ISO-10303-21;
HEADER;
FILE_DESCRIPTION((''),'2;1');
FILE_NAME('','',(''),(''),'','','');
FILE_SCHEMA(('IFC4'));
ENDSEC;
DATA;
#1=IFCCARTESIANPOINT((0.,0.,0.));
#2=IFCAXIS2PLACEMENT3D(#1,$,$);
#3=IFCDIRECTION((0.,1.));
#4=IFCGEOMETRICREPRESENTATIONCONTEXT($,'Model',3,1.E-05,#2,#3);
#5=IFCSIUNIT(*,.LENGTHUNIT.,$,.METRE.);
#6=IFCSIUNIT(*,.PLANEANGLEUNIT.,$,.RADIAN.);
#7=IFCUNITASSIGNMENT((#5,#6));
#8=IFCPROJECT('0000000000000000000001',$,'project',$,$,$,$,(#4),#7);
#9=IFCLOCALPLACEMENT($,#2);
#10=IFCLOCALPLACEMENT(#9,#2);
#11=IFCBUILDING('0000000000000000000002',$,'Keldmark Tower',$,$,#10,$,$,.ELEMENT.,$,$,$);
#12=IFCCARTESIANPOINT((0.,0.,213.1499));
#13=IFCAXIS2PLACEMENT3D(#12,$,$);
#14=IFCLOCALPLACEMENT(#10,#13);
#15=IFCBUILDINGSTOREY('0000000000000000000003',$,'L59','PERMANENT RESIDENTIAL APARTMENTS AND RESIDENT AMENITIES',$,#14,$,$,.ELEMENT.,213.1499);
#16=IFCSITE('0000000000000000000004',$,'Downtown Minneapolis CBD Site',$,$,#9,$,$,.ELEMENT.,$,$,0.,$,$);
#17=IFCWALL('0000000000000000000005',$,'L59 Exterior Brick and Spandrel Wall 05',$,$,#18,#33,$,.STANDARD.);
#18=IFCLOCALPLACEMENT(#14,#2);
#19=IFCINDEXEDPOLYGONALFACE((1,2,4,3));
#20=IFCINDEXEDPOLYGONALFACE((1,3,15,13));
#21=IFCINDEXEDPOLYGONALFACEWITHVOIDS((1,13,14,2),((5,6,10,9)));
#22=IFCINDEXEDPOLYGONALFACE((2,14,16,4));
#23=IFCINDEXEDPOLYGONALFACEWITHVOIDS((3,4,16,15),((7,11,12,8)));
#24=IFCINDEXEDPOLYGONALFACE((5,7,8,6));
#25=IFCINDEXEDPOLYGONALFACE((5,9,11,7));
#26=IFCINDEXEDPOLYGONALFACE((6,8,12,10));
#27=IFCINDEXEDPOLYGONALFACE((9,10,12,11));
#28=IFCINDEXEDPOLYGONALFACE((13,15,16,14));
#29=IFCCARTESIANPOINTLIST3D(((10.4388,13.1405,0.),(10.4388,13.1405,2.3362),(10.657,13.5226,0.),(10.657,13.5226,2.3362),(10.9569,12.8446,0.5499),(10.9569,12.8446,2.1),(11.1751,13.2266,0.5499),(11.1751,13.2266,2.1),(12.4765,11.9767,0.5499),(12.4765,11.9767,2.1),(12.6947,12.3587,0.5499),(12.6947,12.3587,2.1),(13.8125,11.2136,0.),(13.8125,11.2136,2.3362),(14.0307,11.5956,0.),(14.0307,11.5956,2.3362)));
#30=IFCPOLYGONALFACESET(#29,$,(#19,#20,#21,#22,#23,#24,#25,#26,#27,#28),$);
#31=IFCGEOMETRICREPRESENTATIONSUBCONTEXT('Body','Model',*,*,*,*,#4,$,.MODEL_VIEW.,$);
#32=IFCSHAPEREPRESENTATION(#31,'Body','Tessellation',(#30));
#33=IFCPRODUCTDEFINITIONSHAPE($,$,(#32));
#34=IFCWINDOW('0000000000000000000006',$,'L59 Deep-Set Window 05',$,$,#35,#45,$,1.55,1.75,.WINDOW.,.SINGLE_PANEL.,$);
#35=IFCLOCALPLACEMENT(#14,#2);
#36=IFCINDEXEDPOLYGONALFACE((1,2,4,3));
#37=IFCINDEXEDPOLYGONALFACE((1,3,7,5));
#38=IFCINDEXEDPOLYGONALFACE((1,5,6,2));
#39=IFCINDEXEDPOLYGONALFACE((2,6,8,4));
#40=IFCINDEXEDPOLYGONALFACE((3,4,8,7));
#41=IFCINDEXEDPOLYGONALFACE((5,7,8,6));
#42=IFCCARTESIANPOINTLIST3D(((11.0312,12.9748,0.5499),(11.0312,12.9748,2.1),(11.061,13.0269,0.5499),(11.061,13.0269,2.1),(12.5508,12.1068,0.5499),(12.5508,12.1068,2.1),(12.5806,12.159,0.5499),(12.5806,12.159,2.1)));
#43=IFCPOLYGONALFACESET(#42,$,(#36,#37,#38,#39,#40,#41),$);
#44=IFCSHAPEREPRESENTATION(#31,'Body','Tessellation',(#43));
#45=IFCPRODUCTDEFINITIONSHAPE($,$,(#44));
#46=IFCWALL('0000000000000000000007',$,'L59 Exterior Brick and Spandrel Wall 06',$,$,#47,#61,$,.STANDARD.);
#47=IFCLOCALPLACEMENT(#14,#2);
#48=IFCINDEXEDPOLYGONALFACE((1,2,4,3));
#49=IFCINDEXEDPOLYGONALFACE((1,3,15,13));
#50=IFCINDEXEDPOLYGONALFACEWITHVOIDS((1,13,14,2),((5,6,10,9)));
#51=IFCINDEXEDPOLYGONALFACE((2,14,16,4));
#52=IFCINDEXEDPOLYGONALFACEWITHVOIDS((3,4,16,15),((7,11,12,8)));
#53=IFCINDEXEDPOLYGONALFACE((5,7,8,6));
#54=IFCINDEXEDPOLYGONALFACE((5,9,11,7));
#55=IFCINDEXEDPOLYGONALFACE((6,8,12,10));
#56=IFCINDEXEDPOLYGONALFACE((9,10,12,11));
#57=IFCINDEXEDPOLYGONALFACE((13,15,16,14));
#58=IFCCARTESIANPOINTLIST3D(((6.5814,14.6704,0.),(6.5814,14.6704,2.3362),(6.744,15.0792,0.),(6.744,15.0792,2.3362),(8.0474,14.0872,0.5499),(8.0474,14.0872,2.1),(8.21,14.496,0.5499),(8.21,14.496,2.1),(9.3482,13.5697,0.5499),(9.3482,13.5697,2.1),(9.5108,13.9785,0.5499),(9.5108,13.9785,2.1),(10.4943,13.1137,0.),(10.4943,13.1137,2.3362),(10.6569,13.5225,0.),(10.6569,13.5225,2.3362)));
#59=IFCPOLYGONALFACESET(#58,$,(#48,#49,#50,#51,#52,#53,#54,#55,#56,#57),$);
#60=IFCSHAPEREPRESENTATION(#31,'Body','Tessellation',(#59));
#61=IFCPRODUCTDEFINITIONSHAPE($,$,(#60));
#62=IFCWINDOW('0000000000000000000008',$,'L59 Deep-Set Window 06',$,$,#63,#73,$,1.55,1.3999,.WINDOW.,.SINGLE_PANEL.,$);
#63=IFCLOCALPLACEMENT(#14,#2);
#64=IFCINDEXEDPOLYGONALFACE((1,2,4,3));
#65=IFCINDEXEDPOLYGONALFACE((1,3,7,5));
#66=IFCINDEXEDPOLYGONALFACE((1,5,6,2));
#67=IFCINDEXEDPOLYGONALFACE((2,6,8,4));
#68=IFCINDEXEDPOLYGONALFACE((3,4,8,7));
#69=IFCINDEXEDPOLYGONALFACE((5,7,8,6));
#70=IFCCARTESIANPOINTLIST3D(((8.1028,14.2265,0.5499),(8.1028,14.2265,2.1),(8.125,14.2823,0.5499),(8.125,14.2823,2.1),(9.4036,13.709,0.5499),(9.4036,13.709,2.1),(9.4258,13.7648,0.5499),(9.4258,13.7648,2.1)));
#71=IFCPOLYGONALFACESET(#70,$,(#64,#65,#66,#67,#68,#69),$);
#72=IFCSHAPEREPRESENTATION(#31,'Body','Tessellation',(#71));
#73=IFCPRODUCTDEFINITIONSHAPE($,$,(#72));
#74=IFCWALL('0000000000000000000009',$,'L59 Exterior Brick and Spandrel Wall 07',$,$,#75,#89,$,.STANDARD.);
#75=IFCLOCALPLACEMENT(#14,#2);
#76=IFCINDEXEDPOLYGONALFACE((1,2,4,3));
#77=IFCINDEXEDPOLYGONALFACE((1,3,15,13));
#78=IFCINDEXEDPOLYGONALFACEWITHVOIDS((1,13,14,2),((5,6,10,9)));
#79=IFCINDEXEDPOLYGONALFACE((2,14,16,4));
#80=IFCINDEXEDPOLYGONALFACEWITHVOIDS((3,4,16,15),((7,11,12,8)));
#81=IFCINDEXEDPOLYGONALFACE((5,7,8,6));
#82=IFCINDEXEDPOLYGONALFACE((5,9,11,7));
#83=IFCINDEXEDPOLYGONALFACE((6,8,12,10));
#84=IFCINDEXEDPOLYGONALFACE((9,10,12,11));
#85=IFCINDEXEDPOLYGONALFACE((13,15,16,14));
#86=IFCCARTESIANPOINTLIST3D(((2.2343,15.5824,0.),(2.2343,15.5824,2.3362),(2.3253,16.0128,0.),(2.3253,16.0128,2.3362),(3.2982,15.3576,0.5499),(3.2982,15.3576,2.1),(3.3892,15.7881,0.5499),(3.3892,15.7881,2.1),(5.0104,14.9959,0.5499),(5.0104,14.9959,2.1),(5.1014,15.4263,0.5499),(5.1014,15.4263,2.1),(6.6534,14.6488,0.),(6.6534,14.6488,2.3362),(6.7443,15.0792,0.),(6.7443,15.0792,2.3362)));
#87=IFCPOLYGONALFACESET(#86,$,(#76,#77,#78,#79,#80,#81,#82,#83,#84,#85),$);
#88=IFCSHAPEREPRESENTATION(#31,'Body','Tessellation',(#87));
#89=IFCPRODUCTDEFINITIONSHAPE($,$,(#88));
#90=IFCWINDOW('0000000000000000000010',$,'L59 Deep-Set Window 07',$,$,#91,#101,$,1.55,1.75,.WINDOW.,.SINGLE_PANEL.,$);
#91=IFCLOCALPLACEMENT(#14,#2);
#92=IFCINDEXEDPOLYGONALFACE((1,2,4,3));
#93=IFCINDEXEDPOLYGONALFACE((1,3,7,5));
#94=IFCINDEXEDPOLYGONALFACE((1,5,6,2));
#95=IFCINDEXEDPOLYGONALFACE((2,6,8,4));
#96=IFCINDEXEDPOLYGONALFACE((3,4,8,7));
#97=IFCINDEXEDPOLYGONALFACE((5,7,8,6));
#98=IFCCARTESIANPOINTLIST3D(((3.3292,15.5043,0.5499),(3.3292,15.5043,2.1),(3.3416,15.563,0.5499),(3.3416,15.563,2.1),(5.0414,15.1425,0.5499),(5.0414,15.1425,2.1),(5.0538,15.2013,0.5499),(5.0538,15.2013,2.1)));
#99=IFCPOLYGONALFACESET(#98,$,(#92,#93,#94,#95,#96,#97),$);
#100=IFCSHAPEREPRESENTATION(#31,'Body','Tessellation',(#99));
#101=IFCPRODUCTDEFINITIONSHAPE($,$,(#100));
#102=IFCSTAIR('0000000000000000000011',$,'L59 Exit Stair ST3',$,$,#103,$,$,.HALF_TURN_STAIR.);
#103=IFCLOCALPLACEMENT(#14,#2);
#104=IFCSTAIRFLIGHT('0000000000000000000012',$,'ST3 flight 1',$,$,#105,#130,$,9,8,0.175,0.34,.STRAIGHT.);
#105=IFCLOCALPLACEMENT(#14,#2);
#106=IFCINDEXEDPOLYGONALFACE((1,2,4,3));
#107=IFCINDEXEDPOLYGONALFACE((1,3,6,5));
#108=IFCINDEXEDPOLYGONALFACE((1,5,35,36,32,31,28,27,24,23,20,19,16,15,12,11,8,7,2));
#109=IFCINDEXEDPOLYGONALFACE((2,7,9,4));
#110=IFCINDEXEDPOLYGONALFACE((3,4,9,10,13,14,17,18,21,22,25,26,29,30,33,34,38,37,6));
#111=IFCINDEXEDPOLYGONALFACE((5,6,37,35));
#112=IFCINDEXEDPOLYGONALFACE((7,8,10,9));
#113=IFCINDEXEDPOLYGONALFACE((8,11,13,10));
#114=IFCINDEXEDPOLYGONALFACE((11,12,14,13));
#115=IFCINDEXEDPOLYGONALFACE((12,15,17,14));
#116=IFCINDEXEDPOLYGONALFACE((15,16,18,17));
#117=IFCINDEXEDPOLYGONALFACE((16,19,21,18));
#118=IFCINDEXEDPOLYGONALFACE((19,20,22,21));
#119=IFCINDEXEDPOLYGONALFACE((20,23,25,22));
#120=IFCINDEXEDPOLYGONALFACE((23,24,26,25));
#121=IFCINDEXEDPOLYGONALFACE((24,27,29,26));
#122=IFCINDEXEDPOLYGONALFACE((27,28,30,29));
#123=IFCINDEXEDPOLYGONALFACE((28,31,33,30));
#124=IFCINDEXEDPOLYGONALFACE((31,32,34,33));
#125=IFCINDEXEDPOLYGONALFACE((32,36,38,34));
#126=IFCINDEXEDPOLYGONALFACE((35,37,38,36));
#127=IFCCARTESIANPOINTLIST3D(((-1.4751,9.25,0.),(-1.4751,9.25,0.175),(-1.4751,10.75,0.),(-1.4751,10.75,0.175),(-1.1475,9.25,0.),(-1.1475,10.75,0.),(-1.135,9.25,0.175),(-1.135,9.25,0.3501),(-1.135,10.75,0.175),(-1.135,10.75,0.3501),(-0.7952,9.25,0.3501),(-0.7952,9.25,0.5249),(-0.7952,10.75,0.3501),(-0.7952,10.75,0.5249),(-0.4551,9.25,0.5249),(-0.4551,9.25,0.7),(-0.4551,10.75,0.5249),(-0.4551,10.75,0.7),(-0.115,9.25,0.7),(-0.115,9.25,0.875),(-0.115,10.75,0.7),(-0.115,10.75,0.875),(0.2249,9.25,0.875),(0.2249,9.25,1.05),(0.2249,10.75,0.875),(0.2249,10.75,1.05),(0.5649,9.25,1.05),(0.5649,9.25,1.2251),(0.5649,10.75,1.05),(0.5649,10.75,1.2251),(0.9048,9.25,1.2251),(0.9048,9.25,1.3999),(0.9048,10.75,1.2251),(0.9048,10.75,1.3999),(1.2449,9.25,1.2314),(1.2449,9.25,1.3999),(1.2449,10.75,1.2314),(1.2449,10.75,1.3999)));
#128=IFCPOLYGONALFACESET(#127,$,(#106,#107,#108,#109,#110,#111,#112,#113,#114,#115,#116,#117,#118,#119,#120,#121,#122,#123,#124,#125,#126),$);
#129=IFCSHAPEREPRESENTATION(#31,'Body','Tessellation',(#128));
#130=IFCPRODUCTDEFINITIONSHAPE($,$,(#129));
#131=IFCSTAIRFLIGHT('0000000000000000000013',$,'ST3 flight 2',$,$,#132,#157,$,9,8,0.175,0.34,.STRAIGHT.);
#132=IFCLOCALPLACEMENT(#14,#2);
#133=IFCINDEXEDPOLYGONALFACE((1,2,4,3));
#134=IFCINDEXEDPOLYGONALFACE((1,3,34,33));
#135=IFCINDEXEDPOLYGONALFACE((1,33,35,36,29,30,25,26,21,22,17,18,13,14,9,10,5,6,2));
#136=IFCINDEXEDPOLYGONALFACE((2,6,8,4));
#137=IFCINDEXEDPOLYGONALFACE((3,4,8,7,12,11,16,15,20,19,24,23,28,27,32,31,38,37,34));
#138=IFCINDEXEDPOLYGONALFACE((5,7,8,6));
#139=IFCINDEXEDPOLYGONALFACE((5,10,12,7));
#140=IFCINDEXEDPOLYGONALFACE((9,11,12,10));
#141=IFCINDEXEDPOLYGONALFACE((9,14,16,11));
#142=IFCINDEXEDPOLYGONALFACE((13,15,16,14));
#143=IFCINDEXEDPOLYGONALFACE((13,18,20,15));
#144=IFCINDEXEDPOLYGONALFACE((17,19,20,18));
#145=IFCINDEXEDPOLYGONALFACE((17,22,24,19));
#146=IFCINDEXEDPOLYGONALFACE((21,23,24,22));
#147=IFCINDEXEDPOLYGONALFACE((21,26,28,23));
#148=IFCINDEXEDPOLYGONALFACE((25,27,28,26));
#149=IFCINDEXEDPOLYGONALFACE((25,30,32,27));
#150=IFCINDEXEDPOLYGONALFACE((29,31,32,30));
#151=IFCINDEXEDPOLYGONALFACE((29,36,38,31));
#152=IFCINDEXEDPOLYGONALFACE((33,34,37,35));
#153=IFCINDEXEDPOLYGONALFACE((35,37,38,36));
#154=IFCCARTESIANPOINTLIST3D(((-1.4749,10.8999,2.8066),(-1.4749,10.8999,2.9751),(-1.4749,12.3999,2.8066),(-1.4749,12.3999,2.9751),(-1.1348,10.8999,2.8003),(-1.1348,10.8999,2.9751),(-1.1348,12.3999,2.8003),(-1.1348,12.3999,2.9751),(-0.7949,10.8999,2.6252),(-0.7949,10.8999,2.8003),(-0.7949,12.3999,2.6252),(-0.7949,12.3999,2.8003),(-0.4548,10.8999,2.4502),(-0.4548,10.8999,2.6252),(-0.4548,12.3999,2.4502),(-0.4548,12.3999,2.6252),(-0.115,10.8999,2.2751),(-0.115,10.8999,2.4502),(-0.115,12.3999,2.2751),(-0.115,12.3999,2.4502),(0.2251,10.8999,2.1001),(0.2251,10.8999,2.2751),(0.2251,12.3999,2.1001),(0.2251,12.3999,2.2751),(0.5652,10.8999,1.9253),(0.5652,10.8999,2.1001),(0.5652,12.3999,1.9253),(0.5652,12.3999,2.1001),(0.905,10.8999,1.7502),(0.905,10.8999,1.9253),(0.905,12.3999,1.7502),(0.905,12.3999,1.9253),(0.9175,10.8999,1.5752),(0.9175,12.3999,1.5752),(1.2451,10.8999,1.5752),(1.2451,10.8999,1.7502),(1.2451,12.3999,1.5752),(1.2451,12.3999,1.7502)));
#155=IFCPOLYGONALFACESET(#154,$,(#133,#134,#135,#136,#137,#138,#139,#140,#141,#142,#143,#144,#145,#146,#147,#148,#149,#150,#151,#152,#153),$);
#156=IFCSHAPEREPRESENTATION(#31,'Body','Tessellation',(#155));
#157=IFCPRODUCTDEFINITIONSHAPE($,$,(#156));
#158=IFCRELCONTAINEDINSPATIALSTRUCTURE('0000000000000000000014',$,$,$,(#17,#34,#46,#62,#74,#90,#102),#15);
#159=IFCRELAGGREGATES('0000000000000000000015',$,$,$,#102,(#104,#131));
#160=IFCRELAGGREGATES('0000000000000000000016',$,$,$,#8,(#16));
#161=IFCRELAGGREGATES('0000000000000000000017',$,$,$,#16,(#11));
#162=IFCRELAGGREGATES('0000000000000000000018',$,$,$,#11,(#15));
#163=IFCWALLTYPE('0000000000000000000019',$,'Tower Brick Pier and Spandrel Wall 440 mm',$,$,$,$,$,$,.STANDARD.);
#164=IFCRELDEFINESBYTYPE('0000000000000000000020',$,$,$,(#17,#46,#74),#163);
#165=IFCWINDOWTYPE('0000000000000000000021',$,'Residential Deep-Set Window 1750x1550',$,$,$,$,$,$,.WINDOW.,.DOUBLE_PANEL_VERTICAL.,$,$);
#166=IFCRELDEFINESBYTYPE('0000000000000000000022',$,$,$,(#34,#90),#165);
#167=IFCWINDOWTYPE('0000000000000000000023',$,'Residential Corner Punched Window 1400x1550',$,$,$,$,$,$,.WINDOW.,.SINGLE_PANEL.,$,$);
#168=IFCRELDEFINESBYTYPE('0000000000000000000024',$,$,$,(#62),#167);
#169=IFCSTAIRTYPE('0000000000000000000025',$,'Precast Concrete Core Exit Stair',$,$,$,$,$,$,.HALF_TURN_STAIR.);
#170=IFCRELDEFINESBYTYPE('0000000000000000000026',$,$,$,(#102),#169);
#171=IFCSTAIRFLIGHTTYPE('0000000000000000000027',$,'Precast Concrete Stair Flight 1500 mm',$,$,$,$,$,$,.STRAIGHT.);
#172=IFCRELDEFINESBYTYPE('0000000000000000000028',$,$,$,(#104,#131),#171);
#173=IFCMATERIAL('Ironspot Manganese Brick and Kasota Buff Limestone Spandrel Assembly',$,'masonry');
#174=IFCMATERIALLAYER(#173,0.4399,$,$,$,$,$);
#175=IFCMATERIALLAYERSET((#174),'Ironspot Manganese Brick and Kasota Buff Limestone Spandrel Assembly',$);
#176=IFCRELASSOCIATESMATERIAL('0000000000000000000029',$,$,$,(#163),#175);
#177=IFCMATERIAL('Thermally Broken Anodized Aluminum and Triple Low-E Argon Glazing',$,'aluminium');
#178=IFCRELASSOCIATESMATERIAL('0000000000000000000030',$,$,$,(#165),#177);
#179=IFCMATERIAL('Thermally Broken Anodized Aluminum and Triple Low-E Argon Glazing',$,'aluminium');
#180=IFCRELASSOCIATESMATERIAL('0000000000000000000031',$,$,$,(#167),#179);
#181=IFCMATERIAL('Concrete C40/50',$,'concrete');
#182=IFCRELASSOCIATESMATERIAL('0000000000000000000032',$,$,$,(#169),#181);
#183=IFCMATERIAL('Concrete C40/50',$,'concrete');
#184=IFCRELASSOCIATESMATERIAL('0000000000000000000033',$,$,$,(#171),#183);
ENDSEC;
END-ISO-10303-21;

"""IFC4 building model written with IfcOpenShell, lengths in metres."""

from ifc_helpers import new_model, si_unit, direction, frame, frame_2d, origin, place, context, subcontext, project, spatial, polyline, rectangle, outline, extrude, material, layer, layer_set, type_object, element, fill, aggregate, save


model = new_model("IFC4")

# Units and contexts
model_context = context("Model", 3, precision=1e-05, world=origin(), true_north=direction((0.0, 1.0)))
body_context = subcontext(model_context, "Body", "Model", "MODEL_VIEW")
ifc_project = project(units=[si_unit("LENGTHUNIT", "METRE"), si_unit("PLANEANGLEUNIT", "RADIAN")], contexts=[model_context])

# Site, building, storey
site_placement = place(None, origin())
site = spatial("IfcSite", under=ifc_project, at=site_placement, Name="Downtown Minneapolis CBD Site", CompositionType="ELEMENT", RefElevation=0.0)
building_placement = place(site_placement, origin())
building = spatial("IfcBuilding", under=site, at=building_placement, Name="Keldmark Tower", CompositionType="ELEMENT")
storey_placement = place(building_placement, frame((0.0, 0.0, 213.1499)))
storey = spatial("IfcBuildingStorey", under=building, at=storey_placement, Name="L59", Description="PERMANENT RESIDENTIAL APARTMENTS AND RESIDENT AMENITIES", CompositionType="ELEMENT", Elevation=213.1499)

# Walls, openings, windows
ifc_material_1 = material(Name="Ironspot Manganese Brick and Kasota Buff Limestone Spandrel Assembly", Category="masonry")
ifc_layer_1 = layer(ifc_material_1, 0.4399)
ifc_layer_set_1 = layer_set([ifc_layer_1], Name="Ironspot Manganese Brick and Kasota Buff Limestone Spandrel Assembly")
wall_type_1 = type_object("IfcWallType", Name="Tower Brick Pier and Spandrel Wall 440 mm", PredefinedType="STANDARD", material=ifc_layer_set_1)
wall_1_placement = place(storey_placement, frame((10.5479, 13.3315, 0.0), z_axis=(0.0, 0.0, 1.0), x_axis=(0.86834, -0.49597, 0.0)))
wall_1 = element("IfcWall", 1, at=wall_1_placement, inside=storey, type_object=wall_type_1, Name="L59 Exterior Brick and Spandrel Wall 05", PredefinedType="STANDARD", context=body_context, shape_type="SweptSolid", body=[
    extrude(rectangle(XDim=3.8853, YDim=0.4399, at=frame_2d((1.9426, 0.0))), origin(), (0.0, 0.0, 1.0), 2.3362),
])
opening_1_placement = place(wall_1_placement, frame((0.5967, 0.0, 0.55)))
opening_1 = element("IfcOpeningElement", 2, at=opening_1_placement, cuts=wall_1, PredefinedType="OPENING", context=body_context, shape_type="SweptSolid", body=[
    extrude(rectangle(XDim=1.75, YDim=1.55, at=frame_2d((0.875, 0.7749))), frame((0.0, 0.23, 0.0), z_axis=(0.0, -1.0, 0.0), x_axis=(1.0, 0.0, 0.0)), (0.0, 0.0, 1.0), 0.46),
])
ifc_material_2 = material(Name="Thermally Broken Anodized Aluminum and Triple Low-E Argon Glazing", Category="aluminium")
window_type_1 = type_object("IfcWindowType", Name="Residential Deep-Set Window 1750x1550", PartitioningType="DOUBLE_PANEL_VERTICAL", PredefinedType="WINDOW", material=ifc_material_2)
window_1_placement = place(opening_1_placement, origin())
window_1 = element("IfcWindow", 3, at=window_1_placement, inside=storey, type_object=window_type_1, Name="L59 Deep-Set Window 05", OverallHeight=1.55, OverallWidth=1.75, PartitioningType="SINGLE_PANEL", PredefinedType="WINDOW", context=body_context, shape_type="SweptSolid", body=[
    extrude(rectangle(XDim=1.75, YDim=1.55, at=frame_2d((0.875, 0.7749))), frame((0.0, -0.01, 0.0), z_axis=(0.0, -1.0, 0.0), x_axis=(1.0, 0.0, 0.0)), (0.0, 0.0, 1.0), 0.0601),
])
fill(opening_1, window_1)
wall_2_placement = place(storey_placement, frame((6.6628, 14.8748, 0.0), z_axis=(0.0, 0.0, 1.0), x_axis=(0.929171, -0.369651, 0.0)))
wall_2 = element("IfcWall", 4, at=wall_2_placement, inside=storey, type_object=wall_type_1, Name="L59 Exterior Brick and Spandrel Wall 06", PredefinedType="STANDARD", context=body_context, shape_type="SweptSolid", body=[
    extrude(rectangle(XDim=4.2112, YDim=0.4399, at=frame_2d((2.1055, 0.0))), origin(), (0.0, 0.0, 1.0), 2.3362),
])
opening_2_placement = place(wall_2_placement, frame((1.5776, 0.0, 0.55)))
opening_2 = element("IfcOpeningElement", 5, at=opening_2_placement, cuts=wall_2, PredefinedType="OPENING", context=body_context, shape_type="SweptSolid", body=[
    extrude(rectangle(XDim=1.3999, YDim=1.55, at=frame_2d((0.7, 0.7749))), frame((0.0, 0.23, 0.0), z_axis=(0.0, -1.0, 0.0), x_axis=(1.0, 0.0, 0.0)), (0.0, 0.0, 1.0), 0.46),
])
ifc_material_3 = material(Name="Thermally Broken Anodized Aluminum and Triple Low-E Argon Glazing", Category="aluminium")
window_type_2 = type_object("IfcWindowType", Name="Residential Corner Punched Window 1400x1550", PartitioningType="SINGLE_PANEL", PredefinedType="WINDOW", material=ifc_material_3)
window_2_placement = place(opening_2_placement, origin())
window_2 = element("IfcWindow", 6, at=window_2_placement, inside=storey, type_object=window_type_2, Name="L59 Deep-Set Window 06", OverallHeight=1.55, OverallWidth=1.3999, PartitioningType="SINGLE_PANEL", PredefinedType="WINDOW", context=body_context, shape_type="SweptSolid", body=[
    extrude(rectangle(XDim=1.3999, YDim=1.55, at=frame_2d((0.7, 0.7749))), frame((0.0, -0.01, 0.0), z_axis=(0.0, -1.0, 0.0), x_axis=(1.0, 0.0, 0.0)), (0.0, 0.0, 1.0), 0.0601),
])
fill(opening_2, window_2)
wall_3_placement = place(storey_placement, frame((2.2798, 15.7976, 0.0), z_axis=(0.0, 0.0, 1.0), x_axis=(0.978403, -0.206708, 0.0)))
wall_3 = element("IfcWall", 7, at=wall_3_placement, inside=storey, type_object=wall_type_1, Name="L59 Exterior Brick and Spandrel Wall 07", PredefinedType="STANDARD", context=body_context, shape_type="SweptSolid", body=[
    extrude(rectangle(XDim=4.5166, YDim=0.4399, at=frame_2d((2.2583, 0.0))), origin(), (0.0, 0.0, 1.0), 2.3362),
])
opening_3_placement = place(wall_3_placement, frame((1.0874, 0.0, 0.55)))
opening_3 = element("IfcOpeningElement", 8, at=opening_3_placement, cuts=wall_3, PredefinedType="OPENING", context=body_context, shape_type="SweptSolid", body=[
    extrude(rectangle(XDim=1.75, YDim=1.55, at=frame_2d((0.875, 0.7749))), frame((0.0, 0.23, 0.0), z_axis=(0.0, -1.0, 0.0), x_axis=(1.0, 0.0, 0.0)), (0.0, 0.0, 1.0), 0.46),
])
window_3_placement = place(opening_3_placement, origin())
window_3 = element("IfcWindow", 9, at=window_3_placement, inside=storey, type_object=window_type_1, Name="L59 Deep-Set Window 07", OverallHeight=1.55, OverallWidth=1.75, PartitioningType="SINGLE_PANEL", PredefinedType="WINDOW", context=body_context, shape_type="SweptSolid", body=[
    extrude(rectangle(XDim=1.75, YDim=1.55, at=frame_2d((0.875, 0.7749))), frame((0.0, -0.01, 0.0), z_axis=(0.0, -1.0, 0.0), x_axis=(1.0, 0.0, 0.0)), (0.0, 0.0, 1.0), 0.0601),
])
fill(opening_3, window_3)

# Stair, stair flights
ifc_material_4 = material(Name="Concrete C40/50", Category="concrete")
stair_type = type_object("IfcStairType", Name="Precast Concrete Core Exit Stair", PredefinedType="HALF_TURN_STAIR", material=ifc_material_4)
stair_placement = place(storey_placement, origin())
stair = element("IfcStair", 10, at=stair_placement, inside=storey, type_object=stair_type, Name="L59 Exit Stair ST3", PredefinedType="HALF_TURN_STAIR")
ifc_material_5 = material(Name="Concrete C40/50", Category="concrete")
stair_flight_type = type_object("IfcStairFlightType", Name="Precast Concrete Stair Flight 1500 mm", PredefinedType="STRAIGHT", material=ifc_material_5)
stair_flight_1_placement = place(storey_placement, frame((-1.4751, 10.0, 0.0), z_axis=(0.0, 0.0, 1.0), x_axis=(1.0, 0.0, 0.0)))
stair_flight_1 = element("IfcStairFlight", 11, at=stair_flight_1_placement, type_object=stair_flight_type, Name="ST3 flight 1", NumberOfRisers=9, NumberOfTreads=8, PredefinedType="STRAIGHT", RiserHeight=0.175, TreadLength=0.34, context=body_context, shape_type="SweptSolid", body=[
    extrude(outline(polyline([(0.0, 0.0), (0.0, 0.175), (0.3401, 0.175), (0.3401, 0.3501), (0.6799, 0.3501), (0.6799, 0.5249), (1.02, 0.5249), (1.02, 0.7), (1.3601, 0.7), (1.3601, 0.875), (1.7, 0.875), (1.7, 1.05), (2.04, 1.05), (2.04, 1.2251), (2.3799, 1.2251), (2.3799, 1.3999), (2.72, 1.3999), (2.72, 1.575), (2.72, 1.2314), (0.3276, 0.0), (0.0, 0.0)])), frame((0.0, 0.75, 0.0), z_axis=(0.0, -1.0, 0.0), x_axis=(1.0, 0.0, 0.0)), (0.0, 0.0, 1.0), 1.5),
])
stair_flight_2_placement = place(storey_placement, frame((1.2451, 11.6499, 1.5752), z_axis=(0.0, 0.0, 1.0), x_axis=(-1.0, 0.0, 0.0)))
stair_flight_2 = element("IfcStairFlight", 12, at=stair_flight_2_placement, type_object=stair_flight_type, Name="ST3 flight 2", NumberOfRisers=9, NumberOfTreads=8, PredefinedType="STRAIGHT", RiserHeight=0.175, TreadLength=0.34, context=body_context, shape_type="SweptSolid", body=[
    extrude(outline(polyline([(0.0, 0.0), (0.0, 0.175), (0.3401, 0.175), (0.3401, 0.3501), (0.6799, 0.3501), (0.6799, 0.5249), (1.02, 0.5249), (1.02, 0.7), (1.3601, 0.7), (1.3601, 0.875), (1.7, 0.875), (1.7, 1.05), (2.04, 1.05), (2.04, 1.2251), (2.3799, 1.2251), (2.3799, 1.3999), (2.72, 1.3999), (2.72, 1.575), (2.72, 1.2314), (0.3276, 0.0), (0.0, 0.0)])), frame((0.0, 0.75, 0.0), z_axis=(0.0, -1.0, 0.0), x_axis=(1.0, 0.0, 0.0)), (0.0, 0.0, 1.0), 1.5),
])
aggregate(stair, [stair_flight_1, stair_flight_2])

save(model, "model.ifc")
